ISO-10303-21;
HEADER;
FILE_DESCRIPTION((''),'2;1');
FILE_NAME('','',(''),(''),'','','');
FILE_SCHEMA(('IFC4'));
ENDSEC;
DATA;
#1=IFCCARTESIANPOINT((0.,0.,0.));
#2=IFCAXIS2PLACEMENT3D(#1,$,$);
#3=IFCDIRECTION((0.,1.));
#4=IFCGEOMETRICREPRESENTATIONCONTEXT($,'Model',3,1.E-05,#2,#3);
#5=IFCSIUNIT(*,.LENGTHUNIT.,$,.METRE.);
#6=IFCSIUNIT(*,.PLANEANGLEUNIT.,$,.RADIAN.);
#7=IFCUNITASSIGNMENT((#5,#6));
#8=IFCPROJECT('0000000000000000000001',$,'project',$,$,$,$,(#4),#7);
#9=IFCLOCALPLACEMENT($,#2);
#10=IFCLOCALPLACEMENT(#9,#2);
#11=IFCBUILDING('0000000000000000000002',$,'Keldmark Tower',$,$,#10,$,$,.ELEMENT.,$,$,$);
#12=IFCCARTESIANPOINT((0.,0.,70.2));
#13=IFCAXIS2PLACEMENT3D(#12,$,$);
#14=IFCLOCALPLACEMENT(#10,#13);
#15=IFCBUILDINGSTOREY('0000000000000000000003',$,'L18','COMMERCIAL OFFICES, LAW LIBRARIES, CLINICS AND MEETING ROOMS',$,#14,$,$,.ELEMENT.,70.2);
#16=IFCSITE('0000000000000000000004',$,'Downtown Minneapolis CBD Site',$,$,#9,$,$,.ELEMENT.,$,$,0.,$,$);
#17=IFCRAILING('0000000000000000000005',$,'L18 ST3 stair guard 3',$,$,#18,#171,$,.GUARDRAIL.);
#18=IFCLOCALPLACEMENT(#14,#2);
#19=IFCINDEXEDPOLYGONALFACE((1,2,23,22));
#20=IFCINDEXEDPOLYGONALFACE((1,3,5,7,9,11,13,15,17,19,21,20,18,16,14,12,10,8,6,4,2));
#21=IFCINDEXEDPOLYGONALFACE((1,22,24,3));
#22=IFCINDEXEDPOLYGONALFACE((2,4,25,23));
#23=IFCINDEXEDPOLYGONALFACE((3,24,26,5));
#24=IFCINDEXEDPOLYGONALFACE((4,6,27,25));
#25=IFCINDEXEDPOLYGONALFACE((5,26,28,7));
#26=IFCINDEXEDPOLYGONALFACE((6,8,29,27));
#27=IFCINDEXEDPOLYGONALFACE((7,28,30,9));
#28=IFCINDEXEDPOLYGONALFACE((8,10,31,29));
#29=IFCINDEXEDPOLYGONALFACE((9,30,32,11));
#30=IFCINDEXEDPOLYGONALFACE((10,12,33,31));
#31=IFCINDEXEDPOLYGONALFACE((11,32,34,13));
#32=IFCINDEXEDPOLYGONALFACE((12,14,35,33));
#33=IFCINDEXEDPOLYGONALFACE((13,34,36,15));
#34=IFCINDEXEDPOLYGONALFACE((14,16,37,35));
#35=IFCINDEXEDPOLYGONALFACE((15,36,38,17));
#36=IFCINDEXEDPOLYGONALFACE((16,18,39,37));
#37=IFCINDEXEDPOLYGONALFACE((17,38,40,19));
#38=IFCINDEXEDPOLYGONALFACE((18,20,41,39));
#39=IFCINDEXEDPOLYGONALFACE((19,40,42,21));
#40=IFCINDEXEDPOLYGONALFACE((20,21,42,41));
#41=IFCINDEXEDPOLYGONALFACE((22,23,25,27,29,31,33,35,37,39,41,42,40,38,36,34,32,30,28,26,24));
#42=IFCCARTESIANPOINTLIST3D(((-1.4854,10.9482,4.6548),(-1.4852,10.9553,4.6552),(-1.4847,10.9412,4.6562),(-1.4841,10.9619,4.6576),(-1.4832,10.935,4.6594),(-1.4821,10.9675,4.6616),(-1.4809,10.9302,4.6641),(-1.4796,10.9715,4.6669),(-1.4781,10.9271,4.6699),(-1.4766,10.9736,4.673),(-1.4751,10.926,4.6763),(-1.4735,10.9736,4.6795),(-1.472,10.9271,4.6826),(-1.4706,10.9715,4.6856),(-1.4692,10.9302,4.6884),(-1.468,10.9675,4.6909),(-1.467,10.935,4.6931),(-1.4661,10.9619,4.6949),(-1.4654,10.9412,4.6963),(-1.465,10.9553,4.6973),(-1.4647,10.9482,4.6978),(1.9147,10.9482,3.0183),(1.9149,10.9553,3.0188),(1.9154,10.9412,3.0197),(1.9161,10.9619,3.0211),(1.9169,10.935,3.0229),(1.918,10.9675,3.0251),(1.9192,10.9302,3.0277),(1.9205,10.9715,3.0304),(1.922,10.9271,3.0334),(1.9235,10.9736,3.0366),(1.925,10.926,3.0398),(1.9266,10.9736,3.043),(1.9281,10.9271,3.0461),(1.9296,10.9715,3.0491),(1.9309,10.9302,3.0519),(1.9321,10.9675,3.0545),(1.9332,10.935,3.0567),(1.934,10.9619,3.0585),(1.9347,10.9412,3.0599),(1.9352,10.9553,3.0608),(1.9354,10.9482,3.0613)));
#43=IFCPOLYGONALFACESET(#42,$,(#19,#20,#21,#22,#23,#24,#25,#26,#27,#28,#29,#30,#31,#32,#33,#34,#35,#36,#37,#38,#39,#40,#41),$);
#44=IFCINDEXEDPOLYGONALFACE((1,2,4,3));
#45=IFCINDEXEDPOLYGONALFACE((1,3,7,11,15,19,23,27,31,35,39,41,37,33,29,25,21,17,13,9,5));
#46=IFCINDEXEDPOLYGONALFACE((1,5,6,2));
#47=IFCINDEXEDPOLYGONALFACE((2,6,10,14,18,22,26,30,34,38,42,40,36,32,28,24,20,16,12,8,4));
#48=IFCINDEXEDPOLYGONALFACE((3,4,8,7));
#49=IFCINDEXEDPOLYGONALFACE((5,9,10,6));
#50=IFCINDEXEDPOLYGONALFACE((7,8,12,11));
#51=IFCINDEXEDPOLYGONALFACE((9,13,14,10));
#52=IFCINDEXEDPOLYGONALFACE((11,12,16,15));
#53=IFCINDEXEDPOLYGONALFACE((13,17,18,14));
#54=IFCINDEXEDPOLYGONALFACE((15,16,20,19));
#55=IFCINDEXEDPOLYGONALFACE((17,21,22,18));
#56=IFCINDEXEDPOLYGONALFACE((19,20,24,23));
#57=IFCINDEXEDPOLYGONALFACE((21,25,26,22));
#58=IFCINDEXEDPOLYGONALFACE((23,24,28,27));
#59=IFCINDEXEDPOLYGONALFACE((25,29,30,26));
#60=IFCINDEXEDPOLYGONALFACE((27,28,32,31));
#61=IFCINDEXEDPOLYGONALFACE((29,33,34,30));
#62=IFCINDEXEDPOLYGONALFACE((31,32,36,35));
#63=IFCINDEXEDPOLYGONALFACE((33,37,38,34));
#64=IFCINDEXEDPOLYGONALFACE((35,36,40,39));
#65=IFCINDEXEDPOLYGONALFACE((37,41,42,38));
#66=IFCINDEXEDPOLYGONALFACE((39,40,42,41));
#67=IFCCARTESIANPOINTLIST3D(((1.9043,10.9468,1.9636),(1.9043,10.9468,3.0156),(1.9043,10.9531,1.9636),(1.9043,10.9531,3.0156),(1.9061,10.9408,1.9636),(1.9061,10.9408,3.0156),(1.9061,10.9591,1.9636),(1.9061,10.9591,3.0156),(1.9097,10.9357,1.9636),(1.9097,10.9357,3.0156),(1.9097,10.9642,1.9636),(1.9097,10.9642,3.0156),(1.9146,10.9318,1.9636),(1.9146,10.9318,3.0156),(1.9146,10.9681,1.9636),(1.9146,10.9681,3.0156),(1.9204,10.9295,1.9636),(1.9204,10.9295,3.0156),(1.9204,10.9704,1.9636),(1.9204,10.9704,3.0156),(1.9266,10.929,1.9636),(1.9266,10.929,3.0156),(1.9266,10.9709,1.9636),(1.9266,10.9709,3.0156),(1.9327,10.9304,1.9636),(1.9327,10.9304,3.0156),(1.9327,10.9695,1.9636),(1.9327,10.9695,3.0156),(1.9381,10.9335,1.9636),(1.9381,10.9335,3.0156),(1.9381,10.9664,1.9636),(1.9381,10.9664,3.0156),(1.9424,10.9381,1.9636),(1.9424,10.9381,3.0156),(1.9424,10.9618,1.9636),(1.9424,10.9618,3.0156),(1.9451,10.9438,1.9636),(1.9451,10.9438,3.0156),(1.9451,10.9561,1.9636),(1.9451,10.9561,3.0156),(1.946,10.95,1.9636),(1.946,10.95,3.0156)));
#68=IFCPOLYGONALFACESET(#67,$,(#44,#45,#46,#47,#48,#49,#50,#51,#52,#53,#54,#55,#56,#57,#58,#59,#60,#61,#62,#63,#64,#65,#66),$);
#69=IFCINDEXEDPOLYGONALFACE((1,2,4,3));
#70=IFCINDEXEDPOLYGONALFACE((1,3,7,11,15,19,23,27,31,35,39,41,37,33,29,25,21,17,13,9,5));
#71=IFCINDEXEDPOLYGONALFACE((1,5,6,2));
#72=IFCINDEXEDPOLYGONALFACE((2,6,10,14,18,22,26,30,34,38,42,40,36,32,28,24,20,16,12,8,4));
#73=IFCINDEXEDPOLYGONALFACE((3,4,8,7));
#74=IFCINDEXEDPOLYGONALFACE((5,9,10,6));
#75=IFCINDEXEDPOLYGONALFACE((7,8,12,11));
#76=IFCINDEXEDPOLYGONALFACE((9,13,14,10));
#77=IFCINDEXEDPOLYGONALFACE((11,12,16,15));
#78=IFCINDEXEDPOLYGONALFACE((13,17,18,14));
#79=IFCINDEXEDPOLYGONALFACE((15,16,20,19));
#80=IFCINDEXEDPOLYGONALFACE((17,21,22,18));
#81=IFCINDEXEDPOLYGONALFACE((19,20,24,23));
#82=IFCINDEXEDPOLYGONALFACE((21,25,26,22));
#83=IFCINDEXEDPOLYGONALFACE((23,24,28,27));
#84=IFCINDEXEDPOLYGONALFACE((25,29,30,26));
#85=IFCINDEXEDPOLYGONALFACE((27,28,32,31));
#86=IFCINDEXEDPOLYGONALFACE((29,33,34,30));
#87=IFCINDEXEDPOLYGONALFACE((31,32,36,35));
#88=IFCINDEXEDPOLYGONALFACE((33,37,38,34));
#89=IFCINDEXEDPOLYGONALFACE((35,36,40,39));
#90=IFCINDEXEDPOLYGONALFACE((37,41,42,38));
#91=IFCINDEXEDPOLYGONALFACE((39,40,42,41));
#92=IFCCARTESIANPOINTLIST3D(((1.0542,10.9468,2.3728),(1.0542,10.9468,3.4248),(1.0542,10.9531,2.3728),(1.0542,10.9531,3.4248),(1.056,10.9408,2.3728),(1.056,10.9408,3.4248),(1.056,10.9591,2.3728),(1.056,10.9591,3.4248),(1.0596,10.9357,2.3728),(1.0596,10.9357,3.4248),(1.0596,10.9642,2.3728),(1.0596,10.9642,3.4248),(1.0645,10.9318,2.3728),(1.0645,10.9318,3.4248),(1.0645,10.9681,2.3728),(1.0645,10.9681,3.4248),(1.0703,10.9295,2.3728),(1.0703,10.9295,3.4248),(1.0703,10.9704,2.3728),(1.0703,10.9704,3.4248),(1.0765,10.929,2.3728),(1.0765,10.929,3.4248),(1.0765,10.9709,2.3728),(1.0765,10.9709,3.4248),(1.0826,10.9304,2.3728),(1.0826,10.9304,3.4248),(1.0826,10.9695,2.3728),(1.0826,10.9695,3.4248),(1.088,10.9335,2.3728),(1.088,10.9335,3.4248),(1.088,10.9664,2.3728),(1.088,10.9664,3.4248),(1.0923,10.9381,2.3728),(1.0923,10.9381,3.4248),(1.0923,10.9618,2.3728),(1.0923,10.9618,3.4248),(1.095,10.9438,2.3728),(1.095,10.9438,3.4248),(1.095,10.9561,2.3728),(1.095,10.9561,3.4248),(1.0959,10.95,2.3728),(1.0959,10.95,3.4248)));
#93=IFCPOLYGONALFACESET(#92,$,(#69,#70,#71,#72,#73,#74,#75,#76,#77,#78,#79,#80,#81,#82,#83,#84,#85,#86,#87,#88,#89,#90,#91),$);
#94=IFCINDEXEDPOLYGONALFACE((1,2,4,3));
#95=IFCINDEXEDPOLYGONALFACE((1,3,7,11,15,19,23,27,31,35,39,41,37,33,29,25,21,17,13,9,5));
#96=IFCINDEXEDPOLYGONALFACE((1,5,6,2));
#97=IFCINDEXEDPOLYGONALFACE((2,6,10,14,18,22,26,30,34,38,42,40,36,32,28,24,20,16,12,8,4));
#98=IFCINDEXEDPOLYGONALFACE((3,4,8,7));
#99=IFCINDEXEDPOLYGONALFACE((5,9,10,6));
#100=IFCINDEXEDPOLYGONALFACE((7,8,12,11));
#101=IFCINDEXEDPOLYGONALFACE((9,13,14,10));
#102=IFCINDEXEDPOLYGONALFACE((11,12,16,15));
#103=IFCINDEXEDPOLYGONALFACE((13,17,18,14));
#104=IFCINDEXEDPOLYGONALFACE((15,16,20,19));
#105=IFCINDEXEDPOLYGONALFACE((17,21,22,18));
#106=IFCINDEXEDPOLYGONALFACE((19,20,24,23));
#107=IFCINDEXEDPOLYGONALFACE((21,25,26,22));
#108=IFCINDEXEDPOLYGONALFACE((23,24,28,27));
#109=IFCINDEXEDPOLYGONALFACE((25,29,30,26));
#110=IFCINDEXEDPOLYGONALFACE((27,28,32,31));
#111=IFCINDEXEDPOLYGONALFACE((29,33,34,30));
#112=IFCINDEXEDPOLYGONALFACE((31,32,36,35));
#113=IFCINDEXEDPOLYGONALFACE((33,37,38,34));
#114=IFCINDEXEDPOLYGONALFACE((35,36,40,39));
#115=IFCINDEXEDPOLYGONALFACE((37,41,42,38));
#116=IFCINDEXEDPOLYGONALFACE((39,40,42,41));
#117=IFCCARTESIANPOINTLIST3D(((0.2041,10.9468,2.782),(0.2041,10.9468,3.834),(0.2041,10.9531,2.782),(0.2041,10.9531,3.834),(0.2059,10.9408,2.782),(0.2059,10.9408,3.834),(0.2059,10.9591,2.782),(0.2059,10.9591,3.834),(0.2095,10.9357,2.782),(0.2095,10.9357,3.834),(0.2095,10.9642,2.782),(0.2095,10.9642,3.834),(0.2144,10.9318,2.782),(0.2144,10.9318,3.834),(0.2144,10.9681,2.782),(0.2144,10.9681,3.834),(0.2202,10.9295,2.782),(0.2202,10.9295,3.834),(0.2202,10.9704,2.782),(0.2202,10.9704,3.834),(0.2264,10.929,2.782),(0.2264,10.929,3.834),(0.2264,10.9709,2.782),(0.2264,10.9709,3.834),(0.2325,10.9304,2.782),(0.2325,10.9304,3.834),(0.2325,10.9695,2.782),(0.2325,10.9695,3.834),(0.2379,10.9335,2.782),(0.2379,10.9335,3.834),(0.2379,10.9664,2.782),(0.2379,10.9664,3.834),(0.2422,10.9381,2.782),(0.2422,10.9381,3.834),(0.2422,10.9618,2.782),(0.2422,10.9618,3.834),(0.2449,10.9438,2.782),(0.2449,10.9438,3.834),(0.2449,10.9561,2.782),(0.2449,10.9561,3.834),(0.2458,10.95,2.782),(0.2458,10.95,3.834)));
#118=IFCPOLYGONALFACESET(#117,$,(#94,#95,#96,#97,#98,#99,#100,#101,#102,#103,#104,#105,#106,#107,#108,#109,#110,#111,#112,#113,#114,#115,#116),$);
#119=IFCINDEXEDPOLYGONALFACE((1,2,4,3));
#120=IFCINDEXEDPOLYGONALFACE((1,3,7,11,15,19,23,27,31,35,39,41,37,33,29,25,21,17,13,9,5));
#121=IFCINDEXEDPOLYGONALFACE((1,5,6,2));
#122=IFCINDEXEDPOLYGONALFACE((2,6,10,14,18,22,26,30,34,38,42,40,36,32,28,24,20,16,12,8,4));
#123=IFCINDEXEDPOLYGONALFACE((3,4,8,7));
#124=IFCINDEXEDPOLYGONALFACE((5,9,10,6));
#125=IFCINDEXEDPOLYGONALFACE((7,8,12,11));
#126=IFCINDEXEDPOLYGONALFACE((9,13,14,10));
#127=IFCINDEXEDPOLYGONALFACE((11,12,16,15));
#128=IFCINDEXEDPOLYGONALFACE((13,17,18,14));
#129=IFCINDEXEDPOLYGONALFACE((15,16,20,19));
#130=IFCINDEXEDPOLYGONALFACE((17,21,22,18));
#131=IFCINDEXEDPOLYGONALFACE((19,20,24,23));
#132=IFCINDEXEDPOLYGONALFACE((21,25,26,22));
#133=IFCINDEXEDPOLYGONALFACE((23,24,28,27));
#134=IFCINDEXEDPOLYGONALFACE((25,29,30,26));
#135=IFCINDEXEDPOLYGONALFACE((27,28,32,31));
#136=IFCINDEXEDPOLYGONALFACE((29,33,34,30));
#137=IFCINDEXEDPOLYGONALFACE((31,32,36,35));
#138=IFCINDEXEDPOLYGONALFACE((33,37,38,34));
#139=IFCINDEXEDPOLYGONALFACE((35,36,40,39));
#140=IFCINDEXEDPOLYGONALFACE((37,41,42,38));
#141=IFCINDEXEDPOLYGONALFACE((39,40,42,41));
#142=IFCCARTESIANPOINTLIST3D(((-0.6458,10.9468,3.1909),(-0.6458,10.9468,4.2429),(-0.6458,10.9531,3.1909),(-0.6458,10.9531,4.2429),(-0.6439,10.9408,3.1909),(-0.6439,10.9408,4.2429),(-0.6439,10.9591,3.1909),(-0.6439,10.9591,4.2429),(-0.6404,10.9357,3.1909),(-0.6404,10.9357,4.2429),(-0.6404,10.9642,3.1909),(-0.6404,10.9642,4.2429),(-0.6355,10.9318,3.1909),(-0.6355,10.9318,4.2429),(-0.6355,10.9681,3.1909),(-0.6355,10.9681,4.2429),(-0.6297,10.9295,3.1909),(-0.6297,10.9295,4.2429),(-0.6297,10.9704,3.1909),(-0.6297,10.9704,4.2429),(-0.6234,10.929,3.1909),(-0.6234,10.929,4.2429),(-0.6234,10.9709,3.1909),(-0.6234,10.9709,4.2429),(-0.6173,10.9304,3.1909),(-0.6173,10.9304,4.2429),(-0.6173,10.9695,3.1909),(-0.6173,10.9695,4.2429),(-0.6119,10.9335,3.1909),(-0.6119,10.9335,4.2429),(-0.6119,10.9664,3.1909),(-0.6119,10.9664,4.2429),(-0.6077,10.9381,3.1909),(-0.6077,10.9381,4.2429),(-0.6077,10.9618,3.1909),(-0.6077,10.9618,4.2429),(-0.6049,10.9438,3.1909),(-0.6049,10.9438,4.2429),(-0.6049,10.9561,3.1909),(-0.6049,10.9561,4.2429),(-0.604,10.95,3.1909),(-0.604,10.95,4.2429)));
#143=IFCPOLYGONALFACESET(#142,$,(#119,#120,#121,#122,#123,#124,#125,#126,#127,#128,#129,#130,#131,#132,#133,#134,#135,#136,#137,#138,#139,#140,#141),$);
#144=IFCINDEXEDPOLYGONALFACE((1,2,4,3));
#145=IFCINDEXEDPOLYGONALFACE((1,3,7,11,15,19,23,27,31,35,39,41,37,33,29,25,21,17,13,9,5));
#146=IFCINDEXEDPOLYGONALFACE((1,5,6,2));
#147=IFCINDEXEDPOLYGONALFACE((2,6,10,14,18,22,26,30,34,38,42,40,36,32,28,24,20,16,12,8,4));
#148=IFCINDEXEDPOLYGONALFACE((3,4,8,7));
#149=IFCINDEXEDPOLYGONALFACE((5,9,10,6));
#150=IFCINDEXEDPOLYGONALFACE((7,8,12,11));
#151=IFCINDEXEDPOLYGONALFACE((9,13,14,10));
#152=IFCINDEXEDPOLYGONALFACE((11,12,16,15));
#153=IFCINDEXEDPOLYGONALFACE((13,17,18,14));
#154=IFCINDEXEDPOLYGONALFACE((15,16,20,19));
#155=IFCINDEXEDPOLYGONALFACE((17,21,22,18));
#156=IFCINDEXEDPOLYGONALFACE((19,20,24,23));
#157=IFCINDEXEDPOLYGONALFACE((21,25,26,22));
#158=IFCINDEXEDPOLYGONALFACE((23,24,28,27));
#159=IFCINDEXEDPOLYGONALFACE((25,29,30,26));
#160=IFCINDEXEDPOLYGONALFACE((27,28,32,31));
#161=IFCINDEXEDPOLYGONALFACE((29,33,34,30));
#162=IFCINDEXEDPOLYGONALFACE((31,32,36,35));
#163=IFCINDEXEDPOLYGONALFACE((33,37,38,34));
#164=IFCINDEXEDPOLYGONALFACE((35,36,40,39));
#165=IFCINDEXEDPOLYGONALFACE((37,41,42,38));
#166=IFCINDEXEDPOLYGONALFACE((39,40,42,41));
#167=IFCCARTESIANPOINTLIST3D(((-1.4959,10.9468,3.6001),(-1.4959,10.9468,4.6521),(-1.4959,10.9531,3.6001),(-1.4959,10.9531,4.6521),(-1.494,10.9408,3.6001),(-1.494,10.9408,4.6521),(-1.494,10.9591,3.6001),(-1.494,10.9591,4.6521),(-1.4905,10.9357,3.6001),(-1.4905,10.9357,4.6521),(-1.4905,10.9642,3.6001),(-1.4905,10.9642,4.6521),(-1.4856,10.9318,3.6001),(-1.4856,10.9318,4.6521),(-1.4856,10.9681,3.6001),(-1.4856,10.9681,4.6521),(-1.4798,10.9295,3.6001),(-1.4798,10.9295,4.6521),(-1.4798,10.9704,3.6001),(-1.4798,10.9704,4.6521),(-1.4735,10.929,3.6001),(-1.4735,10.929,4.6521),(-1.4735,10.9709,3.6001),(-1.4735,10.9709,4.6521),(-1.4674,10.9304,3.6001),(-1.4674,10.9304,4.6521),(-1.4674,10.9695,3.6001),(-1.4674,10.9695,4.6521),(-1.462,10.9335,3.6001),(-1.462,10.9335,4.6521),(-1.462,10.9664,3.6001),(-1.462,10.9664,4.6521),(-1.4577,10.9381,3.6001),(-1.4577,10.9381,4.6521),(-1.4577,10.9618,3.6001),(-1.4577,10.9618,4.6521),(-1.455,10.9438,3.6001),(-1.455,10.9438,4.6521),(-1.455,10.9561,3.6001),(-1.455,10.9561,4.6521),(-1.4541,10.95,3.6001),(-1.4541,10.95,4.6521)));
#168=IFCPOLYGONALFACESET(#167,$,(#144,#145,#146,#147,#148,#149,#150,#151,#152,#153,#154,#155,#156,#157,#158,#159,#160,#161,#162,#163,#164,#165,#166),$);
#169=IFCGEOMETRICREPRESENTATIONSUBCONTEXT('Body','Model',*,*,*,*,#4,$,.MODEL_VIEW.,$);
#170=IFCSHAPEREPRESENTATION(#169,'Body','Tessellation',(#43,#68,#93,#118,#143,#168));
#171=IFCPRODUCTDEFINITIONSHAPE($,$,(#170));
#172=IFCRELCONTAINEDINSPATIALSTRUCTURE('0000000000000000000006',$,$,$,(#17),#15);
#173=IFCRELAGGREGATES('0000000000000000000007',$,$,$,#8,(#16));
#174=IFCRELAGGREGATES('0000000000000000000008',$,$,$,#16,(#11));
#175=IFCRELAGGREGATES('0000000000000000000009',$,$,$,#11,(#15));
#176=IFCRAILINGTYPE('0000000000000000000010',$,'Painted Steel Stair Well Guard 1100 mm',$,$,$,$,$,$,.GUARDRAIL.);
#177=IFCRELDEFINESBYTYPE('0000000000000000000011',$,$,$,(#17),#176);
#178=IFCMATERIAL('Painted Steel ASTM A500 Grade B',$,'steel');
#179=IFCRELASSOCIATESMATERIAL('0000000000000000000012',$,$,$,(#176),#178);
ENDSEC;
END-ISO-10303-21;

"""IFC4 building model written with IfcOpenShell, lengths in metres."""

from ifc_helpers import new_model, si_unit, direction, frame, origin, origin_2d, place, context, subcontext, project, spatial, circle, extrude, material, type_object, element, save


model = new_model("IFC4")

# Units and contexts
model_context = context("Model", 3, precision=1e-05, world=origin(), true_north=direction((0.0, 1.0)))
body_context = subcontext(model_context, "Body", "Model", "MODEL_VIEW")
ifc_project = project(units=[si_unit("LENGTHUNIT", "METRE"), si_unit("PLANEANGLEUNIT", "RADIAN")], contexts=[model_context])

# Site, building, storey
site_placement = place(None, origin())
site = spatial("IfcSite", under=ifc_project, at=site_placement, Name="Downtown Minneapolis CBD Site", CompositionType="ELEMENT", RefElevation=0.0)
building_placement = place(site_placement, origin())
building = spatial("IfcBuilding", under=site, at=building_placement, Name="Keldmark Tower", CompositionType="ELEMENT")
storey_placement = place(building_placement, frame((0.0, 0.0, 70.2)))
storey = spatial("IfcBuildingStorey", under=building, at=storey_placement, Name="L18", Description="COMMERCIAL OFFICES, LAW LIBRARIES, CLINICS AND MEETING ROOMS", CompositionType="ELEMENT", Elevation=70.2)

# Railing
ifc_material_1 = material(Name="Painted Steel ASTM A500 Grade B", Category="steel")
railing_type_1 = type_object("IfcRailingType", Name="Painted Steel Stair Well Guard 1100 mm", PredefinedType="GUARDRAIL", material=ifc_material_1)
railing_1_placement = place(storey_placement, frame((1.925, 10.95, 1.9636)))
element("IfcRailing", 1, at=railing_1_placement, inside=storey, type_object=railing_type_1, Name="L18 ST3 stair guard 3", PredefinedType="GUARDRAIL", context=body_context, shape_type="SweptSolid", body=[
    extrude(circle(Radius=0.0239, at=origin_2d()), frame((0.0, 0.0, 1.0762), z_axis=(-0.901067, 0.0, 0.433679), x_axis=(0.0, -1.0, 0.0)), (0.0, 0.0, 1.0), 3.7734),
    extrude(circle(Radius=0.021, at=origin_2d()), origin(), (0.0, 0.0, 1.0), 1.052),
    extrude(circle(Radius=0.021, at=origin_2d()), frame((-0.8501, 0.0, 0.4092)), (0.0, 0.0, 1.0), 1.052),
    extrude(circle(Radius=0.021, at=origin_2d()), frame((-1.7002, 0.0, 0.8184)), (0.0, 0.0, 1.0), 1.052),
    extrude(circle(Radius=0.021, at=origin_2d()), frame((-2.55, 0.0, 1.2273)), (0.0, 0.0, 1.0), 1.052),
    extrude(circle(Radius=0.021, at=origin_2d()), frame((-3.4001, 0.0, 1.6365)), (0.0, 0.0, 1.0), 1.052),
])

save(model, "model.ifc")
